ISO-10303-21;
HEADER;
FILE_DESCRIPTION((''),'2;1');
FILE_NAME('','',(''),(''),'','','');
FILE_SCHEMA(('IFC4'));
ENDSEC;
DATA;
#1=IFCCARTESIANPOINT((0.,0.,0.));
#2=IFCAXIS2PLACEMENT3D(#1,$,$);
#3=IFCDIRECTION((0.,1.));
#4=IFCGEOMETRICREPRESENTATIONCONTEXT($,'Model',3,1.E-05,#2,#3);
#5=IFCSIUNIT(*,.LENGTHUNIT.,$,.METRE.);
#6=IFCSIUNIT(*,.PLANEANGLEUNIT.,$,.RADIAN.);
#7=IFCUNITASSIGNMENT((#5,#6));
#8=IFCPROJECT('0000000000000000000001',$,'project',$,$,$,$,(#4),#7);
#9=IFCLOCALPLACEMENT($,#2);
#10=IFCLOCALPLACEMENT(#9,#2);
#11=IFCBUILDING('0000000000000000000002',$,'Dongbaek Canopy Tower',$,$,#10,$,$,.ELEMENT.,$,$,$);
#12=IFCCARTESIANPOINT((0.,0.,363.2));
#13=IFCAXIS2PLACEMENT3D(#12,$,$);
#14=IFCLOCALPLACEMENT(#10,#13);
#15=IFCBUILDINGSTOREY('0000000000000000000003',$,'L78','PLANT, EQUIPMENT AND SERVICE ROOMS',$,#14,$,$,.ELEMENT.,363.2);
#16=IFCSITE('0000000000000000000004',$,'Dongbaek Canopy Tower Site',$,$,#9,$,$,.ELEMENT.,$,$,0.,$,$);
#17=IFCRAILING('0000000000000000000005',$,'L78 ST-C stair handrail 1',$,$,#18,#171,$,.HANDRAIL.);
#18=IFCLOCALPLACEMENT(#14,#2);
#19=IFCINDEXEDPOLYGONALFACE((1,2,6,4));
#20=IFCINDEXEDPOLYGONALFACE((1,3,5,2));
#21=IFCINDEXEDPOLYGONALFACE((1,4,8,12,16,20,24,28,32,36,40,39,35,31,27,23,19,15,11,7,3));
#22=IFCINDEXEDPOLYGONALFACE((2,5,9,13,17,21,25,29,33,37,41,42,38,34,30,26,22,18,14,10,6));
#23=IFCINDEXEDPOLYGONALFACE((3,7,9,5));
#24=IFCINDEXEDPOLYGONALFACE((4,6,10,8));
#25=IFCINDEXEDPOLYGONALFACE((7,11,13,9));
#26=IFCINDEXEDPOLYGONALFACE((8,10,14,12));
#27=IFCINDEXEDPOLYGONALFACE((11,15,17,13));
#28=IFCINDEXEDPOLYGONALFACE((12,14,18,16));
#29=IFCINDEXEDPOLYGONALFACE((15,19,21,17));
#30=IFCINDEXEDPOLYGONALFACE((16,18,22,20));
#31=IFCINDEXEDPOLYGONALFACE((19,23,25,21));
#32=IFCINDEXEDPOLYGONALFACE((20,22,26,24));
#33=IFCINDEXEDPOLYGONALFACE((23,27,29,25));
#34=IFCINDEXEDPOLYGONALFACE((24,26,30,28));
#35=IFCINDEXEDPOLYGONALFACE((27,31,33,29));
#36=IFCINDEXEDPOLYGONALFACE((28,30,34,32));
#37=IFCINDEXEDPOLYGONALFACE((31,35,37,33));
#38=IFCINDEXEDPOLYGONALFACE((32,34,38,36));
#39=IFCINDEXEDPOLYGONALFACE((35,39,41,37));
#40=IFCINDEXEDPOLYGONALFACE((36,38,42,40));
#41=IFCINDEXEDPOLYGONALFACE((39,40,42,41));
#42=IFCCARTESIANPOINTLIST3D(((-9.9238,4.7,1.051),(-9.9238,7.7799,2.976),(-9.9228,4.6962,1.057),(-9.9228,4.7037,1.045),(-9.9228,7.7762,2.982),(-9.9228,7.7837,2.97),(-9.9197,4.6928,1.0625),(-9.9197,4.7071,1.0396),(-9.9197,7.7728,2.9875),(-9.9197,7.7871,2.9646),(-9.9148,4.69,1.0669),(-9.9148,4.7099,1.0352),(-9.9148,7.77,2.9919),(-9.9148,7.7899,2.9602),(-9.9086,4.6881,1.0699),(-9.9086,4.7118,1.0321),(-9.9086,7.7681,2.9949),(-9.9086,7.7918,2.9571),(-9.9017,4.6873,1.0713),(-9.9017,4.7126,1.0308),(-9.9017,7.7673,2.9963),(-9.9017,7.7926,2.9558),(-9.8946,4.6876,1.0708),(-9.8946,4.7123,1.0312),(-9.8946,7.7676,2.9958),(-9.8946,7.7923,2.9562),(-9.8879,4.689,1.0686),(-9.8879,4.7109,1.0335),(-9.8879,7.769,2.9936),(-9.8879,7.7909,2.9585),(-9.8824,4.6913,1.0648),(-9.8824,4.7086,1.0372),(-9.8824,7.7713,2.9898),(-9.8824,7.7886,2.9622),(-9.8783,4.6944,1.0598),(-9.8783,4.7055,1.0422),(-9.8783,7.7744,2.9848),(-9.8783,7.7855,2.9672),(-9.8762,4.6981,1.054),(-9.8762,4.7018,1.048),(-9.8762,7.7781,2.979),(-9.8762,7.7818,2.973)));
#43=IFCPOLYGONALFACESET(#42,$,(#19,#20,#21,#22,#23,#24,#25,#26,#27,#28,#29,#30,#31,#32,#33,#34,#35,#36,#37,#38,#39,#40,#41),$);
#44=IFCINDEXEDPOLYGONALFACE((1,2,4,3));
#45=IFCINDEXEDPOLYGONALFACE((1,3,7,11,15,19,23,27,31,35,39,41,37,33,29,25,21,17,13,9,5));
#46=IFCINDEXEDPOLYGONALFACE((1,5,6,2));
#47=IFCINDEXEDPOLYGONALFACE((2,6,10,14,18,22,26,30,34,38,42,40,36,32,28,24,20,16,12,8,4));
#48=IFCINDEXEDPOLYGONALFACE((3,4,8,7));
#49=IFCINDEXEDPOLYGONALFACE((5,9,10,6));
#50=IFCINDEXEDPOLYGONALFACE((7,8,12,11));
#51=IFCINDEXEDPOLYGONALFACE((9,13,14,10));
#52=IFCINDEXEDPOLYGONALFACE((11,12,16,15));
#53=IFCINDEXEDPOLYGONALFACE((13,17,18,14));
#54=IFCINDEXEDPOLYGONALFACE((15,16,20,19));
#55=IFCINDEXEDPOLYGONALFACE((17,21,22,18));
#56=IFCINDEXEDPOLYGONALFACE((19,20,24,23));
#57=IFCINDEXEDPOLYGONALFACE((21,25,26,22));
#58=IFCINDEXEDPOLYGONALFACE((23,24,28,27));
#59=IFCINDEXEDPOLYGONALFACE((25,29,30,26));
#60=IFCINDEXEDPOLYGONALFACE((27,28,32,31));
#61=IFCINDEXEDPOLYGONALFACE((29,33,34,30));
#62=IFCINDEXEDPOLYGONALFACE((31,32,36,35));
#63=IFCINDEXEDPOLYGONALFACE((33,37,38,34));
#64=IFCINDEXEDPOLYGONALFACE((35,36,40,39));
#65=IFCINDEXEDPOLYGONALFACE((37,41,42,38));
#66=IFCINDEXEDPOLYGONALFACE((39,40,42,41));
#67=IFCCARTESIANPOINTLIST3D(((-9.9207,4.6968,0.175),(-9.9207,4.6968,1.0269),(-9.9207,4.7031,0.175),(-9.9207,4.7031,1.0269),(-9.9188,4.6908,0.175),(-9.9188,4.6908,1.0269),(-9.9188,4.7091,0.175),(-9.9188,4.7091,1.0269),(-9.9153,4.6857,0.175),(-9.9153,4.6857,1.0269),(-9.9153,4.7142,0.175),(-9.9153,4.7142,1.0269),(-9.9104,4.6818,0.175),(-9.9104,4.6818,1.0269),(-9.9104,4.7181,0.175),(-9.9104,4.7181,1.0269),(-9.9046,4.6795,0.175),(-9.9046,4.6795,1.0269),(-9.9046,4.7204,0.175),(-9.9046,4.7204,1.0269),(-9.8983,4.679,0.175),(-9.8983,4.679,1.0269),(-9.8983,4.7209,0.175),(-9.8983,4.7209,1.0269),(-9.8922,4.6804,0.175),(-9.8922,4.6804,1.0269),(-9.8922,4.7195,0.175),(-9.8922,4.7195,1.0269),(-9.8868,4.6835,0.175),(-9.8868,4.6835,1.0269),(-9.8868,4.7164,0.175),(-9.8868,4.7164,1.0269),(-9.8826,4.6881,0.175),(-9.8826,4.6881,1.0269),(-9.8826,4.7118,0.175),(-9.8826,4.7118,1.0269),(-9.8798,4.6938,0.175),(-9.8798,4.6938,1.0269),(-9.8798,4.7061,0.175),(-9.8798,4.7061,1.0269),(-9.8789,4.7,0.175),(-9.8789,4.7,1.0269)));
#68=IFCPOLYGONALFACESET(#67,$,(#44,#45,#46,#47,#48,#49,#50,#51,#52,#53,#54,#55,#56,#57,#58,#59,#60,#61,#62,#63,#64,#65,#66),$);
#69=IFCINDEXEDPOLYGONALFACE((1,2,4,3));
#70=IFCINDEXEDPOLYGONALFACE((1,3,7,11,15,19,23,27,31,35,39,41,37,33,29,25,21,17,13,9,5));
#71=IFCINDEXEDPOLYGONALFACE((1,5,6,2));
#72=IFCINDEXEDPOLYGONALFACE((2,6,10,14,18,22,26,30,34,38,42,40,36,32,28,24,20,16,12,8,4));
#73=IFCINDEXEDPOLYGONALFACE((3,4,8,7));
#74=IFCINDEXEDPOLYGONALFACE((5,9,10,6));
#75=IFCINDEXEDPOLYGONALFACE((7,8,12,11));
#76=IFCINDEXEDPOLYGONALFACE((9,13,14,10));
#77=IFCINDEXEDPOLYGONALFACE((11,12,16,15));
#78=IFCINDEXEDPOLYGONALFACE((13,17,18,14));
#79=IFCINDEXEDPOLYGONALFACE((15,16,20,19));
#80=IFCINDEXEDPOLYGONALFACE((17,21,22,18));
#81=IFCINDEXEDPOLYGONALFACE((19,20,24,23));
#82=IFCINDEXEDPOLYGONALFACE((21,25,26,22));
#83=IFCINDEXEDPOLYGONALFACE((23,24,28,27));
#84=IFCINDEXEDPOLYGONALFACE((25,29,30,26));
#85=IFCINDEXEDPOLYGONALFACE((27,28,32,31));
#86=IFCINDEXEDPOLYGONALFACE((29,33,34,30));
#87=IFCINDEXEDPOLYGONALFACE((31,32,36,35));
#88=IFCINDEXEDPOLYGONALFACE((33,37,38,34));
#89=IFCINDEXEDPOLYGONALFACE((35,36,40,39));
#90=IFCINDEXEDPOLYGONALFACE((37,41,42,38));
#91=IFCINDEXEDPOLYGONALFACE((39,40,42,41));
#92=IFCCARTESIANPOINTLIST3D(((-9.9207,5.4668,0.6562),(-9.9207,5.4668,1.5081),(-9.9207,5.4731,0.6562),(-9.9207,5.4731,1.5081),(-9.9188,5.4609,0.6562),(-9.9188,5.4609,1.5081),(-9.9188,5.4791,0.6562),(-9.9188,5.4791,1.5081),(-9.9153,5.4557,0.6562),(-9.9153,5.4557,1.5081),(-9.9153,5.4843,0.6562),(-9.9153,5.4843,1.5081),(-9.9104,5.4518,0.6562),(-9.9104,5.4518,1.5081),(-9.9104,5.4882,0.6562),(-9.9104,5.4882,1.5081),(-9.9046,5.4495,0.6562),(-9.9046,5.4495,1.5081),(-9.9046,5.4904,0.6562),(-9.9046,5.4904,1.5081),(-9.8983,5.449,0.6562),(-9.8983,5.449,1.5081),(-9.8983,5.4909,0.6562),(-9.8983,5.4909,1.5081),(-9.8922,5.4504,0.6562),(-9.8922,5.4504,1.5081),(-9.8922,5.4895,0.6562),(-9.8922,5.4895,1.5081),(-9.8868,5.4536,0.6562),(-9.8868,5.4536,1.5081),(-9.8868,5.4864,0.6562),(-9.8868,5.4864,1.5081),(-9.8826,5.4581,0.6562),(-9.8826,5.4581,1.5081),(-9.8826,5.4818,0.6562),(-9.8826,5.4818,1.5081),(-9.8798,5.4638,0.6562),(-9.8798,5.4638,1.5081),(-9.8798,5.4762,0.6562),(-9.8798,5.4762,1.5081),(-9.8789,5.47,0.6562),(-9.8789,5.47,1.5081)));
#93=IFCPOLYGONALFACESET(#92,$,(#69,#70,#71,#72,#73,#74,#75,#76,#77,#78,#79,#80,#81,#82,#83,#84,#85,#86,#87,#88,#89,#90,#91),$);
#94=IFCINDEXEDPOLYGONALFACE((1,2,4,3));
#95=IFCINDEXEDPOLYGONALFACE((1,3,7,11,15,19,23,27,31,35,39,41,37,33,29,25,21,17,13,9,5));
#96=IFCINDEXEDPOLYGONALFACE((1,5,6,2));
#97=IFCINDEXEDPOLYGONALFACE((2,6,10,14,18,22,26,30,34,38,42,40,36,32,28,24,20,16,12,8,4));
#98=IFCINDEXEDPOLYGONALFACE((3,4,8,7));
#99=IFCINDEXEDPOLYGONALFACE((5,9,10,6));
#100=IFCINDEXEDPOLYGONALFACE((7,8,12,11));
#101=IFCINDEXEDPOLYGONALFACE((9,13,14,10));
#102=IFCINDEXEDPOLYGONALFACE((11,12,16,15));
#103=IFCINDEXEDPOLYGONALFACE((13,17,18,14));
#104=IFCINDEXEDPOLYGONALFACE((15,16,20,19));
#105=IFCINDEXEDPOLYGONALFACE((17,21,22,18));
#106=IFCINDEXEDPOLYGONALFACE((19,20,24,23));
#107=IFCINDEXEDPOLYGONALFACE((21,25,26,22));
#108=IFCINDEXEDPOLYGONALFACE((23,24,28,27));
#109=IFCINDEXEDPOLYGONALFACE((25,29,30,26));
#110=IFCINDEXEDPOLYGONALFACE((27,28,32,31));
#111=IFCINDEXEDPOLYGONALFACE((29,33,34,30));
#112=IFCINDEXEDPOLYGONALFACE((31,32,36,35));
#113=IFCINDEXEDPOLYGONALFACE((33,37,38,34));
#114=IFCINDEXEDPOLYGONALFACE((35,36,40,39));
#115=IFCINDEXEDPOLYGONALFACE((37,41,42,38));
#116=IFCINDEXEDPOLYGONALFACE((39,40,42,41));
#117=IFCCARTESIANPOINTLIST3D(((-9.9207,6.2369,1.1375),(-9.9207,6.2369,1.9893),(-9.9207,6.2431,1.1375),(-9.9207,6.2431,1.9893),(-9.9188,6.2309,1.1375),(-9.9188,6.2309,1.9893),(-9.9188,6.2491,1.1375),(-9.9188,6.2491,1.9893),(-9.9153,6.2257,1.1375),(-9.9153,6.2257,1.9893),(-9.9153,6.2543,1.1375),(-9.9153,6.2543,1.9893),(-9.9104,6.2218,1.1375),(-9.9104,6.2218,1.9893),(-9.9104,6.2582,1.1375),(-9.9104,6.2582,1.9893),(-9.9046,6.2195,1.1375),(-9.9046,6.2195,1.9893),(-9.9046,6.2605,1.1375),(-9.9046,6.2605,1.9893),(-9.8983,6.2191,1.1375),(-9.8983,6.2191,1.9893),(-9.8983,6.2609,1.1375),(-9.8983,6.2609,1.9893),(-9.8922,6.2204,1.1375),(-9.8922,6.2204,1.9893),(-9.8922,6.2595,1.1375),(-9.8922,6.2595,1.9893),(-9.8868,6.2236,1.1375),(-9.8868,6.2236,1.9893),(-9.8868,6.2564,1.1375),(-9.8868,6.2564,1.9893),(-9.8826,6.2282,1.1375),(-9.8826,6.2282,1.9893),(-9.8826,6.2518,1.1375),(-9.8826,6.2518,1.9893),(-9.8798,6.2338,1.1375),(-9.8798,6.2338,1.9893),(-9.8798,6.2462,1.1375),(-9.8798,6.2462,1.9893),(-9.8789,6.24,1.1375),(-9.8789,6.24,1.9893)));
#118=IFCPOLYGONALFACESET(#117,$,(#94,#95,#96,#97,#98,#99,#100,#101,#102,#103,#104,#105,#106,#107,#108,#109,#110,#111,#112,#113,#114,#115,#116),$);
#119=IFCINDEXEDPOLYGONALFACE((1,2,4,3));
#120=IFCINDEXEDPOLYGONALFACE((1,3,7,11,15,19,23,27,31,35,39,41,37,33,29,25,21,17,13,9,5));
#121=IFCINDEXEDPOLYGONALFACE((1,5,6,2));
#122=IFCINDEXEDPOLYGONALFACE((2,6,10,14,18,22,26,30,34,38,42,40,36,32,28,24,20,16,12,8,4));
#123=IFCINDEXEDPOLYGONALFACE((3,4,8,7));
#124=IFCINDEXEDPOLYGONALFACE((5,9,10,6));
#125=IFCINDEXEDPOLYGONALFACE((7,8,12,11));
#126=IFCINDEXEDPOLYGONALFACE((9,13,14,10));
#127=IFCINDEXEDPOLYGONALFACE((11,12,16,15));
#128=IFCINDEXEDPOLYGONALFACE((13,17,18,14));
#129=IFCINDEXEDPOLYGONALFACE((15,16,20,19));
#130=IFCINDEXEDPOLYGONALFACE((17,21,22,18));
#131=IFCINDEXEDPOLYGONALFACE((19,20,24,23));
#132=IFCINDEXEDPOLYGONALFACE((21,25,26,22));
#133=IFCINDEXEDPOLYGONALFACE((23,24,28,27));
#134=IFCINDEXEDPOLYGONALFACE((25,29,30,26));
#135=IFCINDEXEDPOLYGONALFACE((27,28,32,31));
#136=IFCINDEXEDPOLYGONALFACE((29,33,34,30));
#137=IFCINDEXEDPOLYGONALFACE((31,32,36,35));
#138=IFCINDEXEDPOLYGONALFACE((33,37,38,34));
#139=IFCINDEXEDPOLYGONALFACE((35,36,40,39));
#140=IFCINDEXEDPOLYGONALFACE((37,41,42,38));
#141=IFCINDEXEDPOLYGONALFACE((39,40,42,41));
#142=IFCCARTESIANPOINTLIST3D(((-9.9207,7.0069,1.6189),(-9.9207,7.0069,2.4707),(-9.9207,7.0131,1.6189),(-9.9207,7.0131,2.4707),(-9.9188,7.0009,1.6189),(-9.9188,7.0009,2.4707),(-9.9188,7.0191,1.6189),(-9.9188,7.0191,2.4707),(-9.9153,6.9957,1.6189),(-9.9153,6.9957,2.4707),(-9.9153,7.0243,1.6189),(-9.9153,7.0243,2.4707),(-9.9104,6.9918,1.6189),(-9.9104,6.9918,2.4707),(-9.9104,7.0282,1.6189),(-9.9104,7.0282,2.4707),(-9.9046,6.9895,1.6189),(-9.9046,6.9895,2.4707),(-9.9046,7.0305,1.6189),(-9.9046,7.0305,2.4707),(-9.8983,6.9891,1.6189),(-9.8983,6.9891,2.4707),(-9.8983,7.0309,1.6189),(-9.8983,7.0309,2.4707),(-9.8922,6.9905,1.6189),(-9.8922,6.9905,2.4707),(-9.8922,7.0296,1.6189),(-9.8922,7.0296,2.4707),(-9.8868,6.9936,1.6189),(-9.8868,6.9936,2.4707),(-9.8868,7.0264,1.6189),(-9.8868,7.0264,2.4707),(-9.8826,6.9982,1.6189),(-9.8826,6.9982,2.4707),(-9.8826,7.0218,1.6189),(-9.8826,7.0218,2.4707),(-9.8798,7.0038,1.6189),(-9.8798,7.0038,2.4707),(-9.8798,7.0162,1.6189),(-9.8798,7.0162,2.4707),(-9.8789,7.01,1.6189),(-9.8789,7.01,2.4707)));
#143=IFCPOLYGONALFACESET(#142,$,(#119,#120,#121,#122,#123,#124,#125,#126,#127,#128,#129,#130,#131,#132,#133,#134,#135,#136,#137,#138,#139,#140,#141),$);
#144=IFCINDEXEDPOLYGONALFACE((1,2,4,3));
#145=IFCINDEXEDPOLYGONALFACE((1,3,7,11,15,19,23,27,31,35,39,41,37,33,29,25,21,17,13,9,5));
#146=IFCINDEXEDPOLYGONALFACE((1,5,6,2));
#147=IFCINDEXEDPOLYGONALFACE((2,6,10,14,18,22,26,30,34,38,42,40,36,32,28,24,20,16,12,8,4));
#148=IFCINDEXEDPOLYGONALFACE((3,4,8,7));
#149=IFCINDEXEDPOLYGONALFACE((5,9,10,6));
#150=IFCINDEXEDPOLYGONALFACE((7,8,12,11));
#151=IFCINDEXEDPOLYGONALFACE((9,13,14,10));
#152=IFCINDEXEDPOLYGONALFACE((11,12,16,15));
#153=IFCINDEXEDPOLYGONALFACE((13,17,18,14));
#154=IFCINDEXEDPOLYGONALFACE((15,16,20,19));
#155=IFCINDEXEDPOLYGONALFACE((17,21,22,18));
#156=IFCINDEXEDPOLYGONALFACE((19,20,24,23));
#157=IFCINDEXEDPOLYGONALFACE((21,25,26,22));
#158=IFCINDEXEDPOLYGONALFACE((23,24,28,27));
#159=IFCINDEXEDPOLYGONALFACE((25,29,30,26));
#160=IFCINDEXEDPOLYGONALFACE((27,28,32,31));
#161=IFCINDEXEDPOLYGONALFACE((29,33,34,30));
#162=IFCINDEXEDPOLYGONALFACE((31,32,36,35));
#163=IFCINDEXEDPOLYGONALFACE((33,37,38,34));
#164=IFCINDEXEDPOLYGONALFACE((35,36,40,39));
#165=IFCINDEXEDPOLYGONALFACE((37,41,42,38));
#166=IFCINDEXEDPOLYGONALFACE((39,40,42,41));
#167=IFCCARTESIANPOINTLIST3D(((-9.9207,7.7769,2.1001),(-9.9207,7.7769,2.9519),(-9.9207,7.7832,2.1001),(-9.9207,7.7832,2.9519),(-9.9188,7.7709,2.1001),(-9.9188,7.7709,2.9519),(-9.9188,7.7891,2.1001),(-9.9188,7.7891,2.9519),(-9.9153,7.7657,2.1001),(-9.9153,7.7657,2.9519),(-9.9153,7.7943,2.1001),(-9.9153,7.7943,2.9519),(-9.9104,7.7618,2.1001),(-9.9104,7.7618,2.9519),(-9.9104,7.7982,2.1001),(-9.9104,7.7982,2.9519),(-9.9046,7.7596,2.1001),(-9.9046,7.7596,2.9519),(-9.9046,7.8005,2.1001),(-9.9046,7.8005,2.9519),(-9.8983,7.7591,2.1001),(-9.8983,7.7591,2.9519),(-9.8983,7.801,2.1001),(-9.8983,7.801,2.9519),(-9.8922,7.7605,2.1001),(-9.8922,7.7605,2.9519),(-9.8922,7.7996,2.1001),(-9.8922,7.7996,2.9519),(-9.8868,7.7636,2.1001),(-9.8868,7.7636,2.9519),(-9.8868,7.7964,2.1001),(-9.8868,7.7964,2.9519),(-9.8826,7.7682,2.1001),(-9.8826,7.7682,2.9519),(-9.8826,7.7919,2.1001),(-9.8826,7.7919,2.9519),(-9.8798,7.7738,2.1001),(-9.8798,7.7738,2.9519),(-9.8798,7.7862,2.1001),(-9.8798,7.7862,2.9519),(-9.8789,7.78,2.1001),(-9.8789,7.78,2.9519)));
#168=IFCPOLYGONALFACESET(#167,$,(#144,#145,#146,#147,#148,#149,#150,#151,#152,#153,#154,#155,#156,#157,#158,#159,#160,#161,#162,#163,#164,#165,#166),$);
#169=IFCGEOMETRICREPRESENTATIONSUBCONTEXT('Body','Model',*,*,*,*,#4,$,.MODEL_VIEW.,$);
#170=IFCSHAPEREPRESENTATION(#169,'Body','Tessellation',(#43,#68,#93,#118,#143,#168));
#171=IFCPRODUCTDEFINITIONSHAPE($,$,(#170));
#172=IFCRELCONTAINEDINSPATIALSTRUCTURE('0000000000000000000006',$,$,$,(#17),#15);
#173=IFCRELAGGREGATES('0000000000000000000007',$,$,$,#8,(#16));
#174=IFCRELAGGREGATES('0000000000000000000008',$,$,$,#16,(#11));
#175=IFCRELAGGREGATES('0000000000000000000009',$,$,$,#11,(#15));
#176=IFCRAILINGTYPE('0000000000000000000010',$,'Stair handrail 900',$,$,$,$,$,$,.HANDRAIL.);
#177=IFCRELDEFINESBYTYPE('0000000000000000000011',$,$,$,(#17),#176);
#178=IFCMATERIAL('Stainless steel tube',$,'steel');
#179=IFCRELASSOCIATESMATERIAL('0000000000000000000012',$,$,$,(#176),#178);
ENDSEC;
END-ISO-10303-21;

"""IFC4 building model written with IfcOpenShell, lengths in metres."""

from ifc_helpers import new_model, si_unit, direction, frame, origin, origin_2d, place, context, subcontext, project, spatial, circle, extrude, material, type_object, element, save


model = new_model("IFC4")

# Units and contexts
model_context = context("Model", 3, precision=1e-05, world=origin(), true_north=direction((0.0, 1.0)))
body_context = subcontext(model_context, "Body", "Model", "MODEL_VIEW")
ifc_project = project(units=[si_unit("LENGTHUNIT", "METRE"), si_unit("PLANEANGLEUNIT", "RADIAN")], contexts=[model_context])

# Site, building, storey
site_placement = place(None, origin())
site = spatial("IfcSite", under=ifc_project, at=site_placement, Name="Dongbaek Canopy Tower Site", CompositionType="ELEMENT", RefElevation=0.0)
building_placement = place(site_placement, origin())
building = spatial("IfcBuilding", under=site, at=building_placement, Name="Dongbaek Canopy Tower", CompositionType="ELEMENT")
storey_placement = place(building_placement, frame((0.0, 0.0, 363.2)))
storey = spatial("IfcBuildingStorey", under=building, at=storey_placement, Name="L78", Description="PLANT, EQUIPMENT AND SERVICE ROOMS", CompositionType="ELEMENT", Elevation=363.2)

# Railing
ifc_material_1 = material(Name="Stainless steel tube", Category="steel")
railing_type_1 = type_object("IfcRailingType", Name="Stair handrail 900", PredefinedType="HANDRAIL", material=ifc_material_1)
railing_1_placement = place(storey_placement, frame((-9.8999, 4.7, 0.175)))
element("IfcRailing", 1, at=railing_1_placement, inside=storey, type_object=railing_type_1, Name="L78 ST-C stair handrail 1", PredefinedType="HANDRAIL", context=body_context, shape_type="SweptSolid", body=[
    extrude(circle(Radius=0.0239, at=origin_2d()), frame((0.0, 0.0, 0.876), z_axis=(0.0, 0.847998, 0.529999), x_axis=(-1.0, 0.0, 0.0)), (0.0, 0.0, 1.0), 3.6321),
    extrude(circle(Radius=0.021, at=origin_2d()), origin(), (0.0, 0.0, 1.0), 0.8518),
    extrude(circle(Radius=0.021, at=origin_2d()), frame((0.0, 0.77, 0.4812)), (0.0, 0.0, 1.0), 0.8518),
    extrude(circle(Radius=0.021, at=origin_2d()), frame((0.0, 1.54, 0.9624)), (0.0, 0.0, 1.0), 0.8518),
    extrude(circle(Radius=0.021, at=origin_2d()), frame((0.0, 2.3101, 1.4438)), (0.0, 0.0, 1.0), 0.8518),
    extrude(circle(Radius=0.021, at=origin_2d()), frame((0.0, 3.0801, 1.925)), (0.0, 0.0, 1.0), 0.8518),
])

save(model, "model.ifc")
